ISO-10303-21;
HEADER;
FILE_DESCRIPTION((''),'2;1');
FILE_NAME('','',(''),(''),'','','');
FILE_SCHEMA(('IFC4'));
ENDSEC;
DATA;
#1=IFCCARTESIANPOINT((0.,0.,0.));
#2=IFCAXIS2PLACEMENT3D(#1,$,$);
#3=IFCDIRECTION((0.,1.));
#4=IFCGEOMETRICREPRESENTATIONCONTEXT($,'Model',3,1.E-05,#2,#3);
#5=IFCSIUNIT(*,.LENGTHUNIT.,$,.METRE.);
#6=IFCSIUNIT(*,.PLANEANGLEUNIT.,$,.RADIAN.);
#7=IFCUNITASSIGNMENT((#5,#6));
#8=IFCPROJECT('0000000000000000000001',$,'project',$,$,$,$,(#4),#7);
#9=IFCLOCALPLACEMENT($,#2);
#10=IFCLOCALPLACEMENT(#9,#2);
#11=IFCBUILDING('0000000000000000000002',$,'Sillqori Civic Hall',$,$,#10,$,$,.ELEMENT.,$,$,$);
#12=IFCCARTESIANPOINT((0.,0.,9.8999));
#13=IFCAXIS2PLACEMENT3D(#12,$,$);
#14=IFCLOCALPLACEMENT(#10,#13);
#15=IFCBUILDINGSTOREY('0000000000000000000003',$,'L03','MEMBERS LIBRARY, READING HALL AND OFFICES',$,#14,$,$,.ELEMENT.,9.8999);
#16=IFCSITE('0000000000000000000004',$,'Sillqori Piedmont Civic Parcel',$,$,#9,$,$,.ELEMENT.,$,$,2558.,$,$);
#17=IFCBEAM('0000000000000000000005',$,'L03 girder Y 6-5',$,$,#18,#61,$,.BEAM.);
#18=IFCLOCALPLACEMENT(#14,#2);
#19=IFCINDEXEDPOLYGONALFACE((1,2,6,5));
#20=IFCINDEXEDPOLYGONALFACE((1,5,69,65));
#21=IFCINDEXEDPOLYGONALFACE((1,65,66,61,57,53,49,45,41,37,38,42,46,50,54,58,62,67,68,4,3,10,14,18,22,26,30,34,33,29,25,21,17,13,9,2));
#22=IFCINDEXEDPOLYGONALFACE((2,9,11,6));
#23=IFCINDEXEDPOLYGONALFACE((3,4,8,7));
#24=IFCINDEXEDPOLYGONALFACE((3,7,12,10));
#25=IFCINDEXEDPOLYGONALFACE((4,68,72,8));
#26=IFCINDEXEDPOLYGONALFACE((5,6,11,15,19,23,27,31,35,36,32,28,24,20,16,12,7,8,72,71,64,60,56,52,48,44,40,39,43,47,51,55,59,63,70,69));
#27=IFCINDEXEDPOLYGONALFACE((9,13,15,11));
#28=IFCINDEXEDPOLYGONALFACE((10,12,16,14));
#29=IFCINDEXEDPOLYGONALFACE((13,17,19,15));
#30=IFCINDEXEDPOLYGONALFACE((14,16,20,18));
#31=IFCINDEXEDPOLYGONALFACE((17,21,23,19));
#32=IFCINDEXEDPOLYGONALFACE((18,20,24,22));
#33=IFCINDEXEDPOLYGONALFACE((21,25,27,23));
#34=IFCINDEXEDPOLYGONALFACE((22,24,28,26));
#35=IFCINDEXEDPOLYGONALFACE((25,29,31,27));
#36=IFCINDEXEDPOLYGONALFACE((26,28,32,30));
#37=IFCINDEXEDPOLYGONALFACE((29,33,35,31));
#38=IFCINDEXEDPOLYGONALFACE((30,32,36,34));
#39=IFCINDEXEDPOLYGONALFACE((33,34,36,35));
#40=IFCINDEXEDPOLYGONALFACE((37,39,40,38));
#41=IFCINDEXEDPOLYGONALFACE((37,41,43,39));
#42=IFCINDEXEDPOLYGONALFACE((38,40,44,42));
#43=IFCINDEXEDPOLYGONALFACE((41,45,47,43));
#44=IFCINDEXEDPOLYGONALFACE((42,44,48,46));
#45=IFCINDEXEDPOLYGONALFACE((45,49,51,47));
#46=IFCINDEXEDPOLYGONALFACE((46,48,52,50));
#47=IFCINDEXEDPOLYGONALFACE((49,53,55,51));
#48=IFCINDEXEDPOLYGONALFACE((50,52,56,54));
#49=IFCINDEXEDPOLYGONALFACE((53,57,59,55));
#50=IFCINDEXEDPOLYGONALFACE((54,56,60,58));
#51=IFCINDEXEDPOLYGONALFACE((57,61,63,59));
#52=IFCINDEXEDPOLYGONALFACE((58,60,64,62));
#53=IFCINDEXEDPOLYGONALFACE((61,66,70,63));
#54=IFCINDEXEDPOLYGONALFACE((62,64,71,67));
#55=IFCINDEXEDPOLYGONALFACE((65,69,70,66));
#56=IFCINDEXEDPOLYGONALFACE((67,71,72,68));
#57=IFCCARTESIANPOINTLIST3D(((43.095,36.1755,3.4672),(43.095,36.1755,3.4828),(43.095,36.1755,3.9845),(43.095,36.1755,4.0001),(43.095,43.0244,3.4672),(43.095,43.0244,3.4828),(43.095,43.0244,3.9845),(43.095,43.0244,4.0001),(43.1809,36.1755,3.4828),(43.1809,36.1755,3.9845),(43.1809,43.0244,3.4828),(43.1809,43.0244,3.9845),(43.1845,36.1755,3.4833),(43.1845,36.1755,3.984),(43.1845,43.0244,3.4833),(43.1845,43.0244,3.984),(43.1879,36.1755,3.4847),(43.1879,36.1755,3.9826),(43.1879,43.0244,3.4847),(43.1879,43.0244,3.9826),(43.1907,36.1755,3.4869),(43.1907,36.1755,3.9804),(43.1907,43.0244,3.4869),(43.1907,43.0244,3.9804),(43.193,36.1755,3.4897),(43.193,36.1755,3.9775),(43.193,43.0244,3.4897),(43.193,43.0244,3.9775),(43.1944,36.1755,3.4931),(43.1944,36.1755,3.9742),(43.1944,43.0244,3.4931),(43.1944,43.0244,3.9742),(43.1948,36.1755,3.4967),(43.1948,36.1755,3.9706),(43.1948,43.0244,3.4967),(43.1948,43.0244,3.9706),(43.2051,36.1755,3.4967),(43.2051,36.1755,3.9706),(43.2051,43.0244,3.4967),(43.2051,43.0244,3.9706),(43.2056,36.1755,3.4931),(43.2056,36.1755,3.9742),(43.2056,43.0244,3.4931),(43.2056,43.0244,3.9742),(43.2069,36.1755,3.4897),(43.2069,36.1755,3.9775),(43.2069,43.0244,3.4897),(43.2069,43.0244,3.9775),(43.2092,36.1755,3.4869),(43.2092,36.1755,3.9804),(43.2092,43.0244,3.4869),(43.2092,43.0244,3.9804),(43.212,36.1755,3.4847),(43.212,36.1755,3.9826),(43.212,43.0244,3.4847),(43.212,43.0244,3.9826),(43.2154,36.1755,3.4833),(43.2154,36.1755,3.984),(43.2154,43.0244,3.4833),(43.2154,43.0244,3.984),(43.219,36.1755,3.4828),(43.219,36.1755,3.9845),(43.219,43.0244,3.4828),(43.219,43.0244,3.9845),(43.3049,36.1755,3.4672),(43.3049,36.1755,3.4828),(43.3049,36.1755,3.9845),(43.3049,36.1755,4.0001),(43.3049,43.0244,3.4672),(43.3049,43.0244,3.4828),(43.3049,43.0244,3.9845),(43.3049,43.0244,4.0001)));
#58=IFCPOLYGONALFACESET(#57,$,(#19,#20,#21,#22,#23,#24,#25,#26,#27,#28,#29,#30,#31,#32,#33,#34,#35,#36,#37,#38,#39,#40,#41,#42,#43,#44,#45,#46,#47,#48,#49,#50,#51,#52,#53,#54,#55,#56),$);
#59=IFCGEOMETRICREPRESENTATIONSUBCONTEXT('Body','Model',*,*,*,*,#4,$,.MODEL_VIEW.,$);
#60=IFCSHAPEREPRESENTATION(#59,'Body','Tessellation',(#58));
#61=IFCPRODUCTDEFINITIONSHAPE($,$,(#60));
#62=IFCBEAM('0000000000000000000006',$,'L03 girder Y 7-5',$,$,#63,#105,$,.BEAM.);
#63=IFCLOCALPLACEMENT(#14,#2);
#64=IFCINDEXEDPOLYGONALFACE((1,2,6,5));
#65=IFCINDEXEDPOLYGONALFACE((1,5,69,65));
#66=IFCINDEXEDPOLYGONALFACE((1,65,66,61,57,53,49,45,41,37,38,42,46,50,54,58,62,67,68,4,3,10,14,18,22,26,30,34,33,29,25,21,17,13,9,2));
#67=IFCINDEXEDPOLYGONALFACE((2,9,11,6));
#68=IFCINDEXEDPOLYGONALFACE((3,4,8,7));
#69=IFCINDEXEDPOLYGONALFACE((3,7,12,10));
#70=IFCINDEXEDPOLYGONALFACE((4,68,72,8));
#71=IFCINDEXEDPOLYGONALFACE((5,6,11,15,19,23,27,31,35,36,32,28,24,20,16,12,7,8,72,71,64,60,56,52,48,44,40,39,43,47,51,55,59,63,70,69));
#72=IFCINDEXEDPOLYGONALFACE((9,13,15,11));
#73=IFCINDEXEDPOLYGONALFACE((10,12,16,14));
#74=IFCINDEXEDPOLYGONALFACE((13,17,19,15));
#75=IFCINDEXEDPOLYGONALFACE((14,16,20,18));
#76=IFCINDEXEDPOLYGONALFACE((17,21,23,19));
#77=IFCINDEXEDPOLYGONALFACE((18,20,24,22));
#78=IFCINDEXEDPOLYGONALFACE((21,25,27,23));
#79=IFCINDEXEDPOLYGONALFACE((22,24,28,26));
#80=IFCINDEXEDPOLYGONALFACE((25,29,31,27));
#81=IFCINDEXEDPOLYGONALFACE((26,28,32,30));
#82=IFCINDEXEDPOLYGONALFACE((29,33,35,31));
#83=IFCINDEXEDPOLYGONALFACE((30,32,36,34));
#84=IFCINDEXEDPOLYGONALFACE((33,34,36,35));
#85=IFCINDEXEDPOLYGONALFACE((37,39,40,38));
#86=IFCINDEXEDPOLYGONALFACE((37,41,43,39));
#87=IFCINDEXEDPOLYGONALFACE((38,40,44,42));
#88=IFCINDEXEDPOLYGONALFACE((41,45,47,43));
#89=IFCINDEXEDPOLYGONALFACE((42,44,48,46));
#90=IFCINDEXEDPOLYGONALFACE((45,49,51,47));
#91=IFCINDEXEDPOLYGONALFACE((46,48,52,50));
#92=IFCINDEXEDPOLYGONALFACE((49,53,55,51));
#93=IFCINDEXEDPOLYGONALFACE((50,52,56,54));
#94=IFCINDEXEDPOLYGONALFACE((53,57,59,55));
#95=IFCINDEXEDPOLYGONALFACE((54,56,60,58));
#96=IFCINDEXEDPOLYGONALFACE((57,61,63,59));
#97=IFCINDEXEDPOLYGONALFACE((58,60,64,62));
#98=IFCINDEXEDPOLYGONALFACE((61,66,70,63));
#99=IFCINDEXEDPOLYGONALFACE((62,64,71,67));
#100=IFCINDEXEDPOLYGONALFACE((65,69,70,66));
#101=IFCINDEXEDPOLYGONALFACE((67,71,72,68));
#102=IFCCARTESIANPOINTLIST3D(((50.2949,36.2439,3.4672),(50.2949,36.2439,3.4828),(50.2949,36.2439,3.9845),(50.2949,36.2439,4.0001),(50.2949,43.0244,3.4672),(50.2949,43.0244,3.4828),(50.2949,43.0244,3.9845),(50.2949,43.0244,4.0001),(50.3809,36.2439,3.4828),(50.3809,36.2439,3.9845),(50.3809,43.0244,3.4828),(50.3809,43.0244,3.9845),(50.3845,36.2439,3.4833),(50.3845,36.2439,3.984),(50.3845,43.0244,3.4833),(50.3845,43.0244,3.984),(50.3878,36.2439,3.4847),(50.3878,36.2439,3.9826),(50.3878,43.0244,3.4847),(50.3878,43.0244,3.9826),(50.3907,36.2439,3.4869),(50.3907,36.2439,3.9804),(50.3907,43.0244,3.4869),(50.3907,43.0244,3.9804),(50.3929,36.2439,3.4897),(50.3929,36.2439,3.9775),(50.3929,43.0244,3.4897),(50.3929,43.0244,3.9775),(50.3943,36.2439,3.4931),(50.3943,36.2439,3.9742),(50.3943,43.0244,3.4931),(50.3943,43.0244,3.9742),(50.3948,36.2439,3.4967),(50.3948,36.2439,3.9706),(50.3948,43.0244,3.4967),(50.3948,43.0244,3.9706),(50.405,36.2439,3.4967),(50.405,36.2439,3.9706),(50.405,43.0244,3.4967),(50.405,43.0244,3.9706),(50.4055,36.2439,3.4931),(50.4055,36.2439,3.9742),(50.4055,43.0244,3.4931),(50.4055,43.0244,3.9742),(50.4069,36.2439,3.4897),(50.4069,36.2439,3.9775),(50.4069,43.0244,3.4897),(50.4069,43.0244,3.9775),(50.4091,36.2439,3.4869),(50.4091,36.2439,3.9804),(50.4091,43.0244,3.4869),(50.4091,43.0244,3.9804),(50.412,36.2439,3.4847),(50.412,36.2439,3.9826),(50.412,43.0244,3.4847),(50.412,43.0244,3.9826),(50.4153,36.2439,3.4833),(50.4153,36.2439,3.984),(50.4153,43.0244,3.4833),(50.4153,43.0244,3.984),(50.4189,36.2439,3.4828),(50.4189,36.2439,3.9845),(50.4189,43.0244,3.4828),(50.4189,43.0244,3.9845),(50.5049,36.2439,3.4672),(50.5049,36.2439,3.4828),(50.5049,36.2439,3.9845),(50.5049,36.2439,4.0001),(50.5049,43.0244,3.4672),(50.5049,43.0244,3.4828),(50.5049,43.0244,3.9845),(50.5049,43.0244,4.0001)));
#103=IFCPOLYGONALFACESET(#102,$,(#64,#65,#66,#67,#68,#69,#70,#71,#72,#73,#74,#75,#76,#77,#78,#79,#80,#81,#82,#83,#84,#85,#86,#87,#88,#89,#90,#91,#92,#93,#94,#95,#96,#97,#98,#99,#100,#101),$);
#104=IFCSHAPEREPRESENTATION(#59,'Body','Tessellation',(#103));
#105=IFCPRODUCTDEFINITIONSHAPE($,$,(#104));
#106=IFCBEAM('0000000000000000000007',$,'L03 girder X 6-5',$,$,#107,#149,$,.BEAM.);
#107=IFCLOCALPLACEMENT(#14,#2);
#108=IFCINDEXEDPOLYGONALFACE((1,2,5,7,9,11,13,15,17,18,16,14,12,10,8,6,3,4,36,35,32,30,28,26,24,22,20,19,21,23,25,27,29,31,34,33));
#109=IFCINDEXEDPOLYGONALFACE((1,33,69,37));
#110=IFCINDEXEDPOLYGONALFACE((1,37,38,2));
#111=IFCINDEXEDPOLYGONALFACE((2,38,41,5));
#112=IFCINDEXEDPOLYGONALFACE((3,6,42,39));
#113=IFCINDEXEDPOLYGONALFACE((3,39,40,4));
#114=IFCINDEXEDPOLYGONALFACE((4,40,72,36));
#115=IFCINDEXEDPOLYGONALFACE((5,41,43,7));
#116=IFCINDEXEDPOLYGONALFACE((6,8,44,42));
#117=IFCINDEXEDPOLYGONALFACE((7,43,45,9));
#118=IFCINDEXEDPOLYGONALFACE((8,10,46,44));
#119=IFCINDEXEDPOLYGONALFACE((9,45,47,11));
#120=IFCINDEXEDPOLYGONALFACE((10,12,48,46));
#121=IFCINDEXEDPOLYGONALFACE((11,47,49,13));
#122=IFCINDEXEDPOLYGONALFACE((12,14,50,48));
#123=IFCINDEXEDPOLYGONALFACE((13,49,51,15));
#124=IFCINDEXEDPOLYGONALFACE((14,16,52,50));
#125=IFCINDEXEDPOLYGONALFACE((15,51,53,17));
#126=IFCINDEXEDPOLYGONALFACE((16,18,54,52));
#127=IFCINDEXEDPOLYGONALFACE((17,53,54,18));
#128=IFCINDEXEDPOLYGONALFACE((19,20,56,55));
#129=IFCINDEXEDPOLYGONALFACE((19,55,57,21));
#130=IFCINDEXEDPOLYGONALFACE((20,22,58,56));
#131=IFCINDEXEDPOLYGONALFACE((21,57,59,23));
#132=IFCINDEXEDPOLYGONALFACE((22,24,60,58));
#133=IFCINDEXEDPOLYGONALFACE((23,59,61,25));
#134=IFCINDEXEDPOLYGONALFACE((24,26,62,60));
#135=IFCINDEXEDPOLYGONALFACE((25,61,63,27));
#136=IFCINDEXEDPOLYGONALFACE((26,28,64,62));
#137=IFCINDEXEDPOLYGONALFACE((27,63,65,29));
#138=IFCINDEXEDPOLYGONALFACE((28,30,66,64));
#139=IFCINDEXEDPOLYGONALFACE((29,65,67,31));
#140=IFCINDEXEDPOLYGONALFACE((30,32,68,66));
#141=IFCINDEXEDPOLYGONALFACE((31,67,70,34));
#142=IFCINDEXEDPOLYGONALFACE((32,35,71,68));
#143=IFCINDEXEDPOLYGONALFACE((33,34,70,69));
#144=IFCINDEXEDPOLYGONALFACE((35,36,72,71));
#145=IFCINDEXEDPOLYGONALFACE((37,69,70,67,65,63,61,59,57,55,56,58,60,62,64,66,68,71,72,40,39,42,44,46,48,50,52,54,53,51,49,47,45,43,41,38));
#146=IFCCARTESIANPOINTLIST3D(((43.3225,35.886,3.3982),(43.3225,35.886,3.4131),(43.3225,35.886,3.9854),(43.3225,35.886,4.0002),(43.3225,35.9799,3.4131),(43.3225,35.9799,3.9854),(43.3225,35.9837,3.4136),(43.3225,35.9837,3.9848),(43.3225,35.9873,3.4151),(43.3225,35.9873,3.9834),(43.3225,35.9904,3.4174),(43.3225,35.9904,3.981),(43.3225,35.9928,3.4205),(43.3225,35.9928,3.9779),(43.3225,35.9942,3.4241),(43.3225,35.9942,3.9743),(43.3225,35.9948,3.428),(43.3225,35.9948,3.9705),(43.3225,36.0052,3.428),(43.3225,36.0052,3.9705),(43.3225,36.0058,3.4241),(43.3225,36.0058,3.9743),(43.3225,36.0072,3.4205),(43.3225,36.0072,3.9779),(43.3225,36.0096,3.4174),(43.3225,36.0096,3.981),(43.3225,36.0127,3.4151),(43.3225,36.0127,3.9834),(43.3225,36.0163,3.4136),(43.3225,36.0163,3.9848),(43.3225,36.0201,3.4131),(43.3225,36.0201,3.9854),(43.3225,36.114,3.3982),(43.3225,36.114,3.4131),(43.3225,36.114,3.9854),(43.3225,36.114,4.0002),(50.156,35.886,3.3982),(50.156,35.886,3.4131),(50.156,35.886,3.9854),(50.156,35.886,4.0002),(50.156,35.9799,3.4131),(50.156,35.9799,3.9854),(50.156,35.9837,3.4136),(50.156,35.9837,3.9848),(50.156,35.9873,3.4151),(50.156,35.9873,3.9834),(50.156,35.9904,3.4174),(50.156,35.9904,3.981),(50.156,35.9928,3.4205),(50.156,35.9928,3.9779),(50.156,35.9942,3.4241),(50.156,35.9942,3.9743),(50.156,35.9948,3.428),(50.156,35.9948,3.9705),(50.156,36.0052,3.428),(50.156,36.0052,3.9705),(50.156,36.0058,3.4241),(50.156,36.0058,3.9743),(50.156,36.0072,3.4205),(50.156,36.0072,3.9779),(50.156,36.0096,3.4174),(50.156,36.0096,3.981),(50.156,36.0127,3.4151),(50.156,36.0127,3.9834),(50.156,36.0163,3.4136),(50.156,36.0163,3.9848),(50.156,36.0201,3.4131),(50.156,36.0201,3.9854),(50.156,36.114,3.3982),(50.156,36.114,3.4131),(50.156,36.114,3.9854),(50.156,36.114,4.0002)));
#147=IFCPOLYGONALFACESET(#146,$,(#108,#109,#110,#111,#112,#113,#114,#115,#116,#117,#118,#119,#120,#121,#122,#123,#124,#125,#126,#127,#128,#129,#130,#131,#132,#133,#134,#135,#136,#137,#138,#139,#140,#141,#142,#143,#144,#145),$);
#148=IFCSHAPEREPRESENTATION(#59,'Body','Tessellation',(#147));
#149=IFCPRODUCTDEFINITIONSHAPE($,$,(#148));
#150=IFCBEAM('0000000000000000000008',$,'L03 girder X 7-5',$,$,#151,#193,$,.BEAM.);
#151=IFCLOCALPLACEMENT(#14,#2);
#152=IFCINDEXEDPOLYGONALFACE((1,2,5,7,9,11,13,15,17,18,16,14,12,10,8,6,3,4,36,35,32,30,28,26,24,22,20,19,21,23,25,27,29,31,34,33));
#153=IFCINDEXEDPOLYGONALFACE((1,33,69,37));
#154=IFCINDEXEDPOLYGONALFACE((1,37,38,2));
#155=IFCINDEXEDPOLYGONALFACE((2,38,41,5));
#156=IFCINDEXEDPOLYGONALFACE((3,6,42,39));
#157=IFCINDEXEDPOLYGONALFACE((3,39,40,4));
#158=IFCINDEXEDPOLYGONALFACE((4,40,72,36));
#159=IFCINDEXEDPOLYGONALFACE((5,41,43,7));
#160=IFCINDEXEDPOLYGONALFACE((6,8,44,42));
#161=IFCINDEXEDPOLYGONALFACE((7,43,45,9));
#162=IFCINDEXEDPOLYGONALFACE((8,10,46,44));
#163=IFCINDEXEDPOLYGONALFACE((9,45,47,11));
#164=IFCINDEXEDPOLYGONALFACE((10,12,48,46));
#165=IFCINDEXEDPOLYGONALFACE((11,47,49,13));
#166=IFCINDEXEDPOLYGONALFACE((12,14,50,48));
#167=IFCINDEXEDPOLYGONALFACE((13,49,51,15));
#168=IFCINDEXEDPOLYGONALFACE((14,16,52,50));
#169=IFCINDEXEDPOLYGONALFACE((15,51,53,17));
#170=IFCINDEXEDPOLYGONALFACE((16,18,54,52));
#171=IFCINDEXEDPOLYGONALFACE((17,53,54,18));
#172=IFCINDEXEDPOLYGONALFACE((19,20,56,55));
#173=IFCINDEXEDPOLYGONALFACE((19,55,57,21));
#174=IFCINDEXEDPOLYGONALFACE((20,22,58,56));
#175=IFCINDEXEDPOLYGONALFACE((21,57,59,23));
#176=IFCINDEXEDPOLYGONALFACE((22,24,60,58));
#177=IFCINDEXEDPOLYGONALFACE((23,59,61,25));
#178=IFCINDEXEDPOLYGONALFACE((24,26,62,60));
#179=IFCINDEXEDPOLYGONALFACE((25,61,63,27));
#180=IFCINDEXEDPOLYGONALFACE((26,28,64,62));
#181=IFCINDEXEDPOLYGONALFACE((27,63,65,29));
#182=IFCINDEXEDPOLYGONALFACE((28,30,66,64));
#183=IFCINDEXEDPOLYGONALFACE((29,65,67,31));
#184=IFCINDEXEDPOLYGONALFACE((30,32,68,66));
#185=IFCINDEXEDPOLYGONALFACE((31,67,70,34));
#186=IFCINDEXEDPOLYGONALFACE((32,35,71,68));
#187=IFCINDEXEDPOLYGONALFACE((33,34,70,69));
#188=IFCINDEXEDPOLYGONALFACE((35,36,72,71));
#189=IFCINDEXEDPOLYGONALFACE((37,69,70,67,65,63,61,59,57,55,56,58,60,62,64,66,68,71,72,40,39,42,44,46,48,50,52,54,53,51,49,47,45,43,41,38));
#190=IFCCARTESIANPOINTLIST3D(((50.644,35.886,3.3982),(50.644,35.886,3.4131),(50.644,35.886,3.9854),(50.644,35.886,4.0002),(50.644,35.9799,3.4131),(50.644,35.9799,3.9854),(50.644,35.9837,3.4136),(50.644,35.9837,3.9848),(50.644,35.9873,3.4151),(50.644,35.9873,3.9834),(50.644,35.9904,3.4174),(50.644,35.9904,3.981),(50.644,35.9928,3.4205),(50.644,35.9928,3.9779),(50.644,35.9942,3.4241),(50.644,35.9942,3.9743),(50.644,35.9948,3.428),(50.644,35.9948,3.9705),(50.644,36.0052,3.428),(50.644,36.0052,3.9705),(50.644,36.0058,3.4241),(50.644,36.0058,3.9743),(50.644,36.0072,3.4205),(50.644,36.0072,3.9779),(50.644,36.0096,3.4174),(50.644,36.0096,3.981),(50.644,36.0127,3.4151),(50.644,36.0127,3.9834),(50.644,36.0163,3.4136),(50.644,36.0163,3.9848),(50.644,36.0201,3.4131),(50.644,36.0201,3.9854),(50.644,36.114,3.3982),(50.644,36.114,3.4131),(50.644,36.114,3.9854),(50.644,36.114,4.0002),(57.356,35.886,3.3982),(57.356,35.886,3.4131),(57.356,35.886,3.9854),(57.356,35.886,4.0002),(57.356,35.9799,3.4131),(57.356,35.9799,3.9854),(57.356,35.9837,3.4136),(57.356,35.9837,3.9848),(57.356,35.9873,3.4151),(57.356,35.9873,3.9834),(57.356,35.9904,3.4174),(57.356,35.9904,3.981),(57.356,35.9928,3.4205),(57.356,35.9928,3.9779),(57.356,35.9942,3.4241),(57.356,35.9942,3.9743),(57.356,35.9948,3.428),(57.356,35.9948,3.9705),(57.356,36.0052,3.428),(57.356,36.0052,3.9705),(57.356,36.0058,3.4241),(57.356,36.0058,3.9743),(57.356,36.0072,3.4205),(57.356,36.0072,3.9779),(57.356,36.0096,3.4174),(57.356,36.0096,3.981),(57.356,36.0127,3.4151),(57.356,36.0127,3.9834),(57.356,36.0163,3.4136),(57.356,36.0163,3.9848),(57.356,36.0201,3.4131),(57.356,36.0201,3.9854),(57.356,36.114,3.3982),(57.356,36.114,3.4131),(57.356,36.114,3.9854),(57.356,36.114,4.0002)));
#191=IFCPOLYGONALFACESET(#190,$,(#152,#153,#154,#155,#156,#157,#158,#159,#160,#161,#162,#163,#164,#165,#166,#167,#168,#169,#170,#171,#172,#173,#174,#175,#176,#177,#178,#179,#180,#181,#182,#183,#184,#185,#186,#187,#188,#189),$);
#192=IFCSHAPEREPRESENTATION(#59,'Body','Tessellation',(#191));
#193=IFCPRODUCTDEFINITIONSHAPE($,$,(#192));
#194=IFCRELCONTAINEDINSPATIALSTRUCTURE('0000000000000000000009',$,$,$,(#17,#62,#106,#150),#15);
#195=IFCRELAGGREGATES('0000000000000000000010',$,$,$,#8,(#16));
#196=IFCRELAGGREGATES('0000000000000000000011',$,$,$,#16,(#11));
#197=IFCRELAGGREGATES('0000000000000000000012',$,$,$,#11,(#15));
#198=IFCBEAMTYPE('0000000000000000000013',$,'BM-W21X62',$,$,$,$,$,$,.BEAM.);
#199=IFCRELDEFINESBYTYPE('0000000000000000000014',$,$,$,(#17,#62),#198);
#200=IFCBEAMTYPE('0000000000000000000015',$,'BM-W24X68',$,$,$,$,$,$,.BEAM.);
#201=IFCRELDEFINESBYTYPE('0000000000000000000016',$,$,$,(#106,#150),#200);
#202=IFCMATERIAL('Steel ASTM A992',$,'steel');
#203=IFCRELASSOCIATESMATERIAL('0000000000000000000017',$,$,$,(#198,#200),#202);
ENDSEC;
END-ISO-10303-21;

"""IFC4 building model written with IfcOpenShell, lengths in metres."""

from ifc_helpers import new_model, si_unit, direction, frame, origin, origin_2d, place, context, subcontext, project, spatial, i_section, extrude, material, material_profile, profile_set, type_object, element, save


model = new_model("IFC4")

# Units and contexts
model_context = context("Model", 3, precision=1e-05, world=origin(), true_north=direction((0.0, 1.0)))
body_context = subcontext(model_context, "Body", "Model", "MODEL_VIEW")
ifc_project = project(units=[si_unit("LENGTHUNIT", "METRE"), si_unit("PLANEANGLEUNIT", "RADIAN")], contexts=[model_context])

# Site, building, storey
site_placement = place(None, origin())
site = spatial("IfcSite", under=ifc_project, at=site_placement, Name="Sillqori Piedmont Civic Parcel", CompositionType="ELEMENT", RefElevation=2558.0)
building_placement = place(site_placement, origin())
building = spatial("IfcBuilding", under=site, at=building_placement, Name="Sillqori Civic Hall", CompositionType="ELEMENT")
storey_placement = place(building_placement, frame((0.0, 0.0, 9.8999)))
storey = spatial("IfcBuildingStorey", under=building, at=storey_placement, Name="L03", Description="MEMBERS LIBRARY, READING HALL AND OFFICES", CompositionType="ELEMENT", Elevation=9.8999)

# Shared definitions
ifc_material_1 = material(Name="Steel ASTM A992", Category="steel")

# Beams
ifc_material_profile_1 = material_profile(ifc_material_1, i_section(OverallWidth=0.21, OverallDepth=0.533, WebThickness=0.0103, FlangeThickness=0.0156, FilletRadius=0.0139, at=origin_2d()), Name="W21X62")
ifc_profile_set_1 = profile_set([ifc_material_profile_1], Name="Steel ASTM A992")
beam_type_1 = type_object("IfcBeamType", Name="BM-W21X62", PredefinedType="BEAM", material=ifc_profile_set_1)
beam_1_placement = place(storey_placement, frame((43.2, 36.1755, 3.7336), z_axis=(0.0, 1.0, 0.0), x_axis=(-1.0, 0.0, 0.0)))
element("IfcBeam", 1, at=beam_1_placement, inside=storey, type_object=beam_type_1, Name="L03 girder Y 6-5", PredefinedType="BEAM", context=body_context, shape_type="SweptSolid", body=[
    extrude(i_section(OverallWidth=0.21, OverallDepth=0.533, WebThickness=0.0103, FlangeThickness=0.0156, FilletRadius=0.0139, at=origin_2d()), origin(), (0.0, 0.0, 1.0), 6.8489),
])
beam_2_placement = place(storey_placement, frame((50.3999, 36.2439, 3.7336), z_axis=(0.0, 1.0, 0.0), x_axis=(-1.0, 0.0, 0.0)))
element("IfcBeam", 2, at=beam_2_placement, inside=storey, type_object=beam_type_1, Name="L03 girder Y 7-5", PredefinedType="BEAM", context=body_context, shape_type="SweptSolid", body=[
    extrude(i_section(OverallWidth=0.21, OverallDepth=0.533, WebThickness=0.0103, FlangeThickness=0.0156, FilletRadius=0.0139, at=origin_2d()), origin(), (0.0, 0.0, 1.0), 6.7805),
])
ifc_material_profile_2 = material_profile(ifc_material_1, i_section(OverallWidth=0.228, OverallDepth=0.6021, WebThickness=0.0105, FlangeThickness=0.0149, FilletRadius=0.0149, at=origin_2d()), Name="W24X68")
ifc_profile_set_2 = profile_set([ifc_material_profile_2], Name="Steel ASTM A992")
beam_type_2 = type_object("IfcBeamType", Name="BM-W24X68", PredefinedType="BEAM", material=ifc_profile_set_2)
beam_3_placement = place(storey_placement, frame((43.3225, 36.0, 3.6992), z_axis=(1.0, 0.0, 0.0), x_axis=(0.0, 1.0, 0.0)))
element("IfcBeam", 3, at=beam_3_placement, inside=storey, type_object=beam_type_2, Name="L03 girder X 6-5", PredefinedType="BEAM", context=body_context, shape_type="SweptSolid", body=[
    extrude(i_section(OverallWidth=0.228, OverallDepth=0.6021, WebThickness=0.0105, FlangeThickness=0.0149, FilletRadius=0.0149, at=origin_2d()), origin(), (0.0, 0.0, 1.0), 6.8335),
])
beam_4_placement = place(storey_placement, frame((50.644, 36.0, 3.6992), z_axis=(1.0, 0.0, 0.0), x_axis=(0.0, 1.0, 0.0)))
element("IfcBeam", 4, at=beam_4_placement, inside=storey, type_object=beam_type_2, Name="L03 girder X 7-5", PredefinedType="BEAM", context=body_context, shape_type="SweptSolid", body=[
    extrude(i_section(OverallWidth=0.228, OverallDepth=0.6021, WebThickness=0.0105, FlangeThickness=0.0149, FilletRadius=0.0149, at=origin_2d()), origin(), (0.0, 0.0, 1.0), 6.7119),
])

save(model, "model.ifc")
